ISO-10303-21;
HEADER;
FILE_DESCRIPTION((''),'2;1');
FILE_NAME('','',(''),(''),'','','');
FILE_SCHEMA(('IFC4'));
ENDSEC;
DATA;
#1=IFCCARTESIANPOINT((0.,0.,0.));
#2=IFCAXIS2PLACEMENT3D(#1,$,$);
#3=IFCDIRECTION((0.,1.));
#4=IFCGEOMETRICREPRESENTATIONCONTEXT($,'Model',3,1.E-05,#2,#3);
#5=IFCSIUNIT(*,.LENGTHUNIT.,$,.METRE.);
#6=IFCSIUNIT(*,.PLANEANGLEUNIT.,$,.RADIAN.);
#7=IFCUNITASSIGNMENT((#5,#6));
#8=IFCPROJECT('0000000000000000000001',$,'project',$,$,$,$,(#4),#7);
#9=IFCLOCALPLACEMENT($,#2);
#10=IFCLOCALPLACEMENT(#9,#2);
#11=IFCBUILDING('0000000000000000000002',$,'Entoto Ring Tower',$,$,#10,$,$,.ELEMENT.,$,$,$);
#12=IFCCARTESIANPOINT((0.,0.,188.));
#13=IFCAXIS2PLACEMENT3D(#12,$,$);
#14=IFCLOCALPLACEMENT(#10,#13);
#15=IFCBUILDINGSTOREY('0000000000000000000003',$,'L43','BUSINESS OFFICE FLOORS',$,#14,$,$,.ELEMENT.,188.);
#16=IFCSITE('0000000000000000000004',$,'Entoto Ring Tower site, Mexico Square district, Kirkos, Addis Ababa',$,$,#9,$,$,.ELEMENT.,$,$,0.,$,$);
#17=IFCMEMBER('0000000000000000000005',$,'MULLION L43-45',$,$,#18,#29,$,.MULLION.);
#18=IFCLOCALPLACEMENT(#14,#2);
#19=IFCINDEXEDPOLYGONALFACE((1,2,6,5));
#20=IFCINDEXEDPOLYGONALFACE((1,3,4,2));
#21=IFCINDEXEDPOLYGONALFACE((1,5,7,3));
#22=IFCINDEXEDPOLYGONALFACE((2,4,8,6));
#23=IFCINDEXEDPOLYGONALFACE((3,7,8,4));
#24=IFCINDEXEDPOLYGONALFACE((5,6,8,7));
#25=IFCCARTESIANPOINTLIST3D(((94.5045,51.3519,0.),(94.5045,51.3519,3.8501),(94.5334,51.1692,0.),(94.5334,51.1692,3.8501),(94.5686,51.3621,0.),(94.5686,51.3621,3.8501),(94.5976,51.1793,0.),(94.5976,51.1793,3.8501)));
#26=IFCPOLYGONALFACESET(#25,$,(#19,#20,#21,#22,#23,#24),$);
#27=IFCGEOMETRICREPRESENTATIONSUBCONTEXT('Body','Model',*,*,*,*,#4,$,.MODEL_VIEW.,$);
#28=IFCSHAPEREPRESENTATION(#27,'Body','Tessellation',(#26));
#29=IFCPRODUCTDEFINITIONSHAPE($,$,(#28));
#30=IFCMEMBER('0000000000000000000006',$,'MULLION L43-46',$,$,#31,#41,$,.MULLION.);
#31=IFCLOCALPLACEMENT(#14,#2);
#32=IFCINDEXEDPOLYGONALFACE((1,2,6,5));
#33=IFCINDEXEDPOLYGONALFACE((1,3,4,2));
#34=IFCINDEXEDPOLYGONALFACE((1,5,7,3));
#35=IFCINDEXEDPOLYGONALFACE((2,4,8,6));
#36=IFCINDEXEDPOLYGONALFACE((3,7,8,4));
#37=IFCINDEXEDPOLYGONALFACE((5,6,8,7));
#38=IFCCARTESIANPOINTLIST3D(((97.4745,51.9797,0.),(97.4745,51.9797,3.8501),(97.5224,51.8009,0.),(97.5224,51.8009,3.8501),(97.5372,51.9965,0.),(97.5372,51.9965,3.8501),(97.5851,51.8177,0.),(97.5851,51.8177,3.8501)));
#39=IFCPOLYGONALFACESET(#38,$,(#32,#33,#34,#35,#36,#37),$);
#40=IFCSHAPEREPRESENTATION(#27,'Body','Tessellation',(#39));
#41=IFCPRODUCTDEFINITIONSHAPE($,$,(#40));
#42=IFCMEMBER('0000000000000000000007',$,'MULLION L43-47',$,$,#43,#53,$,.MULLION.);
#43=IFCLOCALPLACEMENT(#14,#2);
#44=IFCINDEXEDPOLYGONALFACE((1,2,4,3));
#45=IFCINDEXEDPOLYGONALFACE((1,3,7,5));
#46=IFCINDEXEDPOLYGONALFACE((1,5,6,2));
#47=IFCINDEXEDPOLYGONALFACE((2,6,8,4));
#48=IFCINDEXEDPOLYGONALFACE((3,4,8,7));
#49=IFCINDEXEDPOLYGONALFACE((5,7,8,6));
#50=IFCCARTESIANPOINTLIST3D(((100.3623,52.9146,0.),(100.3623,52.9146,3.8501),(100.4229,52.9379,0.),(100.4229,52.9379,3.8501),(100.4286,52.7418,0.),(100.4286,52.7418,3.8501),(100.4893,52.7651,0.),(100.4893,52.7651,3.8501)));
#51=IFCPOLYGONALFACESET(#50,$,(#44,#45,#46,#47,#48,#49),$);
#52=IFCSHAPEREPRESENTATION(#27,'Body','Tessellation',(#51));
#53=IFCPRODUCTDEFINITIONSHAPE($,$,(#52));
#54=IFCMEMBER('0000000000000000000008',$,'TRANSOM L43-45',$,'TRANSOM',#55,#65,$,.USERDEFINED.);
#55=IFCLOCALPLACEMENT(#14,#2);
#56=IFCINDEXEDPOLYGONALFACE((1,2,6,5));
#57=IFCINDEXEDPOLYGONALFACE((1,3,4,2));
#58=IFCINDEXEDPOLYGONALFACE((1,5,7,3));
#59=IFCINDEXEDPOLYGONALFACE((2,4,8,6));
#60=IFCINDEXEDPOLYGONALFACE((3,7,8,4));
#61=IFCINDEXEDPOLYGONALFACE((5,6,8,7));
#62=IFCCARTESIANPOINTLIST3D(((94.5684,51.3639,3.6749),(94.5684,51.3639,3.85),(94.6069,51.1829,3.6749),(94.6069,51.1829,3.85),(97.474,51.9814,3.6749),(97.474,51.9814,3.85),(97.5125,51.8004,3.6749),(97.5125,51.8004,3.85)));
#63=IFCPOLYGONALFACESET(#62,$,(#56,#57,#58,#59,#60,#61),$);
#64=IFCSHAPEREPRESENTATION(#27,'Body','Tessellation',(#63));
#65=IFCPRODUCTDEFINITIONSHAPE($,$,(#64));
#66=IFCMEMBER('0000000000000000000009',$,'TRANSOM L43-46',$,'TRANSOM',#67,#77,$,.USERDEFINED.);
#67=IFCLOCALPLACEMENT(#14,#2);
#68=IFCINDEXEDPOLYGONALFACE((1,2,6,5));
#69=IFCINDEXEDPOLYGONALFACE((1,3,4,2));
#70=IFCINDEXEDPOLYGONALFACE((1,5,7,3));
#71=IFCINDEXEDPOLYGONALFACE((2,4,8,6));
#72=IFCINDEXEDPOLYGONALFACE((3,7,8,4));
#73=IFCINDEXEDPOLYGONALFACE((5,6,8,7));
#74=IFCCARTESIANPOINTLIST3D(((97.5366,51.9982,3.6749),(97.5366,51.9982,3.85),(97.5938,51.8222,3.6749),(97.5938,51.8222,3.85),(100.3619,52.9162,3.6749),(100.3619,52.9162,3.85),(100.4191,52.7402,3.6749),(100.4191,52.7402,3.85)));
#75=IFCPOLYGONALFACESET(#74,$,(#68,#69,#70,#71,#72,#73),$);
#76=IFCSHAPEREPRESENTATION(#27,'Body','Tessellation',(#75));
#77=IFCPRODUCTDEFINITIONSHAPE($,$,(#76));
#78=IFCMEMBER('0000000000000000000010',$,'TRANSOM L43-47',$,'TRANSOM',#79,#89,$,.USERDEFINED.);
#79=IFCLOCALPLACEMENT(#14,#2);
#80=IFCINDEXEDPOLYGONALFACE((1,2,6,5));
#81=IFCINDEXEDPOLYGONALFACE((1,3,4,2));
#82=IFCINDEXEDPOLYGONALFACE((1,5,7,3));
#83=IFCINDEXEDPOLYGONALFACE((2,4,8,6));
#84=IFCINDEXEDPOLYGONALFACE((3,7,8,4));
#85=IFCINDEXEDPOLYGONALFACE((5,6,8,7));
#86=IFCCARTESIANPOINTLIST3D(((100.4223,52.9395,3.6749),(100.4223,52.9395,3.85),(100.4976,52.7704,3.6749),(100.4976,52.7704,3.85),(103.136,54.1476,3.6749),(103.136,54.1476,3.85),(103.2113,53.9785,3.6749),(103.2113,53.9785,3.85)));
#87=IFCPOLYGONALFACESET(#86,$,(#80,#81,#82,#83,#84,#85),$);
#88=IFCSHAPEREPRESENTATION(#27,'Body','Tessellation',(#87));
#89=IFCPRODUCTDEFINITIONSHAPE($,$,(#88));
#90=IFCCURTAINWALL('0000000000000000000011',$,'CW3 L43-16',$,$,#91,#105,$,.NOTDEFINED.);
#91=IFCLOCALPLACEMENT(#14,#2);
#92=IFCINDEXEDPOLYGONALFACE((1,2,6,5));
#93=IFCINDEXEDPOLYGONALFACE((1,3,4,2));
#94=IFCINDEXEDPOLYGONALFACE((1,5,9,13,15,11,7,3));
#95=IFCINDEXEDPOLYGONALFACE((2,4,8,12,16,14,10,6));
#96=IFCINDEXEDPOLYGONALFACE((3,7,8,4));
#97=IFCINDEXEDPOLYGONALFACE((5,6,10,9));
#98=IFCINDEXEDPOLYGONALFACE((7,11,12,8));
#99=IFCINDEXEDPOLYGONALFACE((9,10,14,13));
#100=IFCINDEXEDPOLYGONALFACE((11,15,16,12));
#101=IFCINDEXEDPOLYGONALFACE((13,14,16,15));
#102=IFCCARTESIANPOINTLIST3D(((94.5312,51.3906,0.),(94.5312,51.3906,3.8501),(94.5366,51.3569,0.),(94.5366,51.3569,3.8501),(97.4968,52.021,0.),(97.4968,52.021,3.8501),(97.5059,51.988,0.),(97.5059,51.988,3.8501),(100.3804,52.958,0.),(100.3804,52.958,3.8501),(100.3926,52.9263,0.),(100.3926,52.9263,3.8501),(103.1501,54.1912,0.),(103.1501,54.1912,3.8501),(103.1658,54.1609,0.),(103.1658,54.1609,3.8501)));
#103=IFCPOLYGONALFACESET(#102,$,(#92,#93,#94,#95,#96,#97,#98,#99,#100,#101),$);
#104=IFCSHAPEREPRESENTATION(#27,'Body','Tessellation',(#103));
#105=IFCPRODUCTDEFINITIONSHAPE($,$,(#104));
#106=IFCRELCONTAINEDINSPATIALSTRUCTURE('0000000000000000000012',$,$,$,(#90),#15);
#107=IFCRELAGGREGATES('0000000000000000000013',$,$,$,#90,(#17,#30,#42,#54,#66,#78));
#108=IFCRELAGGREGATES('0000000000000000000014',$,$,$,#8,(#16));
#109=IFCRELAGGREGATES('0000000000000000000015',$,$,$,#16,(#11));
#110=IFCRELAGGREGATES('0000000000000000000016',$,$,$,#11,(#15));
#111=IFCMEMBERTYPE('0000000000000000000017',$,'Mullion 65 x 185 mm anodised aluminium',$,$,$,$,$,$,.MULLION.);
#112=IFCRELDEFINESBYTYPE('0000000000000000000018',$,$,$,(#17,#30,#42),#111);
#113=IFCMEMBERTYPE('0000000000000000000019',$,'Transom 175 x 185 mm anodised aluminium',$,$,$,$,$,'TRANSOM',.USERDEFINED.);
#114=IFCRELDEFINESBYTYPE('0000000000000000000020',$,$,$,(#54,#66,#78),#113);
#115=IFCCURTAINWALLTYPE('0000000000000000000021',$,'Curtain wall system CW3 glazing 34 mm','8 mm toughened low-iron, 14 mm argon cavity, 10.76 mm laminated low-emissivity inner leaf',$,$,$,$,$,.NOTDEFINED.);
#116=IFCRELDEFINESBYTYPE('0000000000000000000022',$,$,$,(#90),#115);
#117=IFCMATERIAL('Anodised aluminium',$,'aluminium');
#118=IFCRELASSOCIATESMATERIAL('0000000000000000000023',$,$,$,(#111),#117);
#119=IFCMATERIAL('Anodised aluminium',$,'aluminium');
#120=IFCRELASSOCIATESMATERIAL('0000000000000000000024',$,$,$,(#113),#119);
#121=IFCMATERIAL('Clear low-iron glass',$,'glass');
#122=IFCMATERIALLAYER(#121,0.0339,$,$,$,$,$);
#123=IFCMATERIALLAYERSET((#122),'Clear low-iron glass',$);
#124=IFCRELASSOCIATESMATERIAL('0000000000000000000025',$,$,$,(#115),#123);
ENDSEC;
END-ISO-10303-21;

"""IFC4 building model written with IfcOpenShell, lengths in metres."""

from ifc_helpers import new_model, si_unit, direction, frame, origin, origin_2d, place, context, subcontext, project, spatial, polyline, rectangle, outline, extrude, material, layer, layer_set, material_profile, profile_set, type_object, element, aggregate, save


model = new_model("IFC4")

# Units and contexts
model_context = context("Model", 3, precision=1e-05, world=origin(), true_north=direction((0.0, 1.0)))
body_context = subcontext(model_context, "Body", "Model", "MODEL_VIEW")
ifc_project = project(units=[si_unit("LENGTHUNIT", "METRE"), si_unit("PLANEANGLEUNIT", "RADIAN")], contexts=[model_context])

# Members
ifc_material_1 = material(Name="Anodised aluminium", Category="aluminium")
ifc_material_profile_1 = material_profile(ifc_material_1, rectangle(XDim=0.0649, YDim=0.1851, at=origin_2d()), Name="Mullion 65 x 185 mm anodised aluminium")
ifc_profile_set_1 = profile_set([ifc_material_profile_1], Name="Anodised aluminium")
member_type_1 = type_object("IfcMemberType", Name="Mullion 65 x 185 mm anodised aluminium", PredefinedType="MULLION", material=ifc_profile_set_1)
site_placement = place(None, origin())
building_placement = place(site_placement, origin())
storey_placement = place(building_placement, frame((0.0, 0.0, 188.0)))
member_1_placement = place(storey_placement, frame((94.551, 51.2656, 0.0), z_axis=(0.0, 0.0, 1.0), x_axis=(0.987688, 0.156434, 0.0)))
member_1 = element("IfcMember", 1, at=member_1_placement, type_object=member_type_1, Name="MULLION L43-45", PredefinedType="MULLION", context=body_context, shape_type="SweptSolid", body=[
    extrude(rectangle(XDim=0.0649, YDim=0.1851, at=origin_2d()), origin(), (0.0, 0.0, 1.0), 3.8501),
])
member_2_placement = place(storey_placement, frame((97.5298, 51.8987, 0.0), z_axis=(0.0, 0.0, 1.0), x_axis=(0.965926, 0.258819, 0.0)))
member_2 = element("IfcMember", 2, at=member_2_placement, type_object=member_type_1, Name="MULLION L43-46", PredefinedType="MULLION", context=body_context, shape_type="SweptSolid", body=[
    extrude(rectangle(XDim=0.0649, YDim=0.1851, at=origin_2d()), origin(), (0.0, 0.0, 1.0), 3.8501),
])
member_3_placement = place(storey_placement, frame((100.4258, 52.8398, 0.0), z_axis=(0.0, 0.0, 1.0), x_axis=(0.93358, 0.358368, 0.0)))
member_3 = element("IfcMember", 3, at=member_3_placement, type_object=member_type_1, Name="MULLION L43-47", PredefinedType="MULLION", context=body_context, shape_type="SweptSolid", body=[
    extrude(rectangle(XDim=0.0649, YDim=0.1851, at=origin_2d()), origin(), (0.0, 0.0, 1.0), 3.8501),
])
ifc_material_2 = material(Name="Anodised aluminium", Category="aluminium")
ifc_material_profile_2 = material_profile(ifc_material_2, rectangle(XDim=0.1851, YDim=0.175, at=origin_2d()), Name="Transom 175 x 185 mm anodised aluminium")
ifc_profile_set_2 = profile_set([ifc_material_profile_2], Name="Anodised aluminium")
member_type_2 = type_object("IfcMemberType", Name="Transom 175 x 185 mm anodised aluminium", ElementType="TRANSOM", PredefinedType="USERDEFINED", material=ifc_profile_set_2)
member_4_placement = place(storey_placement, frame((94.5876, 51.2734, 3.7625), z_axis=(0.978158, 0.207862, 0.0), x_axis=(-0.207862, 0.978158, 0.0)))
member_4 = element("IfcMember", 4, at=member_4_placement, type_object=member_type_2, Name="TRANSOM L43-45", ObjectType="TRANSOM", PredefinedType="USERDEFINED", context=body_context, shape_type="SweptSolid", body=[
    extrude(rectangle(XDim=0.1851, YDim=0.175, at=origin_2d()), origin(), (0.0, 0.0, 1.0), 2.9705),
])
member_5_placement = place(storey_placement, frame((97.5652, 51.9102, 3.7625), z_axis=(0.951056, 0.309019, 0.0), x_axis=(-0.309019, 0.951056, 0.0)))
member_5 = element("IfcMember", 5, at=member_5_placement, type_object=member_type_2, Name="TRANSOM L43-46", ObjectType="TRANSOM", PredefinedType="USERDEFINED", context=body_context, shape_type="SweptSolid", body=[
    extrude(rectangle(XDim=0.1851, YDim=0.175, at=origin_2d()), origin(), (0.0, 0.0, 1.0), 2.9707),
])
member_6_placement = place(storey_placement, frame((100.46, 52.855, 3.7625), z_axis=(0.913567, 0.406687, 0.0), x_axis=(-0.406687, 0.913567, 0.0)))
member_6 = element("IfcMember", 6, at=member_6_placement, type_object=member_type_2, Name="TRANSOM L43-47", ObjectType="TRANSOM", PredefinedType="USERDEFINED", context=body_context, shape_type="SweptSolid", body=[
    extrude(rectangle(XDim=0.1851, YDim=0.175, at=origin_2d()), origin(), (0.0, 0.0, 1.0), 2.9705),
])

# Site, building, storey
site = spatial("IfcSite", under=ifc_project, at=site_placement, Name="Entoto Ring Tower site, Mexico Square district, Kirkos, Addis Ababa", CompositionType="ELEMENT", RefElevation=0.0)
building = spatial("IfcBuilding", under=site, at=building_placement, Name="Entoto Ring Tower", CompositionType="ELEMENT")
storey = spatial("IfcBuildingStorey", under=building, at=storey_placement, Name="L43", Description="BUSINESS OFFICE FLOORS", CompositionType="ELEMENT", Elevation=188.0)

# Curtain wall
ifc_material_3 = material(Name="Clear low-iron glass", Category="glass")
ifc_layer_1 = layer(ifc_material_3, 0.0339)
ifc_layer_set_1 = layer_set([ifc_layer_1], Name="Clear low-iron glass")
curtain_wall_type = type_object("IfcCurtainWallType", Name="Curtain wall system CW3 glazing 34 mm", Description="8 mm toughened low-iron, 14 mm argon cavity, 10.76 mm laminated low-emissivity inner leaf", PredefinedType="NOTDEFINED", material=ifc_layer_set_1)
curtain_wall_1_placement = place(storey_placement, origin())
curtain_wall_1 = element("IfcCurtainWall", 7, at=curtain_wall_1_placement, inside=storey, type_object=curtain_wall_type, Name="CW3 L43-16", PredefinedType="NOTDEFINED", context=body_context, shape_type="SweptSolid", body=[
    extrude(outline(polyline([(94.5366, 51.3569), (97.5059, 51.988), (100.3926, 52.9263), (103.1658, 54.1609), (103.1501, 54.1912), (100.3804, 52.958), (97.4968, 52.021), (94.5312, 51.3906), (94.5366, 51.3569)])), origin(), (0.0, 0.0, 1.0), 3.8501),
])
aggregate(curtain_wall_1, [member_1, member_2, member_3, member_4, member_5, member_6])

save(model, "model.ifc")
